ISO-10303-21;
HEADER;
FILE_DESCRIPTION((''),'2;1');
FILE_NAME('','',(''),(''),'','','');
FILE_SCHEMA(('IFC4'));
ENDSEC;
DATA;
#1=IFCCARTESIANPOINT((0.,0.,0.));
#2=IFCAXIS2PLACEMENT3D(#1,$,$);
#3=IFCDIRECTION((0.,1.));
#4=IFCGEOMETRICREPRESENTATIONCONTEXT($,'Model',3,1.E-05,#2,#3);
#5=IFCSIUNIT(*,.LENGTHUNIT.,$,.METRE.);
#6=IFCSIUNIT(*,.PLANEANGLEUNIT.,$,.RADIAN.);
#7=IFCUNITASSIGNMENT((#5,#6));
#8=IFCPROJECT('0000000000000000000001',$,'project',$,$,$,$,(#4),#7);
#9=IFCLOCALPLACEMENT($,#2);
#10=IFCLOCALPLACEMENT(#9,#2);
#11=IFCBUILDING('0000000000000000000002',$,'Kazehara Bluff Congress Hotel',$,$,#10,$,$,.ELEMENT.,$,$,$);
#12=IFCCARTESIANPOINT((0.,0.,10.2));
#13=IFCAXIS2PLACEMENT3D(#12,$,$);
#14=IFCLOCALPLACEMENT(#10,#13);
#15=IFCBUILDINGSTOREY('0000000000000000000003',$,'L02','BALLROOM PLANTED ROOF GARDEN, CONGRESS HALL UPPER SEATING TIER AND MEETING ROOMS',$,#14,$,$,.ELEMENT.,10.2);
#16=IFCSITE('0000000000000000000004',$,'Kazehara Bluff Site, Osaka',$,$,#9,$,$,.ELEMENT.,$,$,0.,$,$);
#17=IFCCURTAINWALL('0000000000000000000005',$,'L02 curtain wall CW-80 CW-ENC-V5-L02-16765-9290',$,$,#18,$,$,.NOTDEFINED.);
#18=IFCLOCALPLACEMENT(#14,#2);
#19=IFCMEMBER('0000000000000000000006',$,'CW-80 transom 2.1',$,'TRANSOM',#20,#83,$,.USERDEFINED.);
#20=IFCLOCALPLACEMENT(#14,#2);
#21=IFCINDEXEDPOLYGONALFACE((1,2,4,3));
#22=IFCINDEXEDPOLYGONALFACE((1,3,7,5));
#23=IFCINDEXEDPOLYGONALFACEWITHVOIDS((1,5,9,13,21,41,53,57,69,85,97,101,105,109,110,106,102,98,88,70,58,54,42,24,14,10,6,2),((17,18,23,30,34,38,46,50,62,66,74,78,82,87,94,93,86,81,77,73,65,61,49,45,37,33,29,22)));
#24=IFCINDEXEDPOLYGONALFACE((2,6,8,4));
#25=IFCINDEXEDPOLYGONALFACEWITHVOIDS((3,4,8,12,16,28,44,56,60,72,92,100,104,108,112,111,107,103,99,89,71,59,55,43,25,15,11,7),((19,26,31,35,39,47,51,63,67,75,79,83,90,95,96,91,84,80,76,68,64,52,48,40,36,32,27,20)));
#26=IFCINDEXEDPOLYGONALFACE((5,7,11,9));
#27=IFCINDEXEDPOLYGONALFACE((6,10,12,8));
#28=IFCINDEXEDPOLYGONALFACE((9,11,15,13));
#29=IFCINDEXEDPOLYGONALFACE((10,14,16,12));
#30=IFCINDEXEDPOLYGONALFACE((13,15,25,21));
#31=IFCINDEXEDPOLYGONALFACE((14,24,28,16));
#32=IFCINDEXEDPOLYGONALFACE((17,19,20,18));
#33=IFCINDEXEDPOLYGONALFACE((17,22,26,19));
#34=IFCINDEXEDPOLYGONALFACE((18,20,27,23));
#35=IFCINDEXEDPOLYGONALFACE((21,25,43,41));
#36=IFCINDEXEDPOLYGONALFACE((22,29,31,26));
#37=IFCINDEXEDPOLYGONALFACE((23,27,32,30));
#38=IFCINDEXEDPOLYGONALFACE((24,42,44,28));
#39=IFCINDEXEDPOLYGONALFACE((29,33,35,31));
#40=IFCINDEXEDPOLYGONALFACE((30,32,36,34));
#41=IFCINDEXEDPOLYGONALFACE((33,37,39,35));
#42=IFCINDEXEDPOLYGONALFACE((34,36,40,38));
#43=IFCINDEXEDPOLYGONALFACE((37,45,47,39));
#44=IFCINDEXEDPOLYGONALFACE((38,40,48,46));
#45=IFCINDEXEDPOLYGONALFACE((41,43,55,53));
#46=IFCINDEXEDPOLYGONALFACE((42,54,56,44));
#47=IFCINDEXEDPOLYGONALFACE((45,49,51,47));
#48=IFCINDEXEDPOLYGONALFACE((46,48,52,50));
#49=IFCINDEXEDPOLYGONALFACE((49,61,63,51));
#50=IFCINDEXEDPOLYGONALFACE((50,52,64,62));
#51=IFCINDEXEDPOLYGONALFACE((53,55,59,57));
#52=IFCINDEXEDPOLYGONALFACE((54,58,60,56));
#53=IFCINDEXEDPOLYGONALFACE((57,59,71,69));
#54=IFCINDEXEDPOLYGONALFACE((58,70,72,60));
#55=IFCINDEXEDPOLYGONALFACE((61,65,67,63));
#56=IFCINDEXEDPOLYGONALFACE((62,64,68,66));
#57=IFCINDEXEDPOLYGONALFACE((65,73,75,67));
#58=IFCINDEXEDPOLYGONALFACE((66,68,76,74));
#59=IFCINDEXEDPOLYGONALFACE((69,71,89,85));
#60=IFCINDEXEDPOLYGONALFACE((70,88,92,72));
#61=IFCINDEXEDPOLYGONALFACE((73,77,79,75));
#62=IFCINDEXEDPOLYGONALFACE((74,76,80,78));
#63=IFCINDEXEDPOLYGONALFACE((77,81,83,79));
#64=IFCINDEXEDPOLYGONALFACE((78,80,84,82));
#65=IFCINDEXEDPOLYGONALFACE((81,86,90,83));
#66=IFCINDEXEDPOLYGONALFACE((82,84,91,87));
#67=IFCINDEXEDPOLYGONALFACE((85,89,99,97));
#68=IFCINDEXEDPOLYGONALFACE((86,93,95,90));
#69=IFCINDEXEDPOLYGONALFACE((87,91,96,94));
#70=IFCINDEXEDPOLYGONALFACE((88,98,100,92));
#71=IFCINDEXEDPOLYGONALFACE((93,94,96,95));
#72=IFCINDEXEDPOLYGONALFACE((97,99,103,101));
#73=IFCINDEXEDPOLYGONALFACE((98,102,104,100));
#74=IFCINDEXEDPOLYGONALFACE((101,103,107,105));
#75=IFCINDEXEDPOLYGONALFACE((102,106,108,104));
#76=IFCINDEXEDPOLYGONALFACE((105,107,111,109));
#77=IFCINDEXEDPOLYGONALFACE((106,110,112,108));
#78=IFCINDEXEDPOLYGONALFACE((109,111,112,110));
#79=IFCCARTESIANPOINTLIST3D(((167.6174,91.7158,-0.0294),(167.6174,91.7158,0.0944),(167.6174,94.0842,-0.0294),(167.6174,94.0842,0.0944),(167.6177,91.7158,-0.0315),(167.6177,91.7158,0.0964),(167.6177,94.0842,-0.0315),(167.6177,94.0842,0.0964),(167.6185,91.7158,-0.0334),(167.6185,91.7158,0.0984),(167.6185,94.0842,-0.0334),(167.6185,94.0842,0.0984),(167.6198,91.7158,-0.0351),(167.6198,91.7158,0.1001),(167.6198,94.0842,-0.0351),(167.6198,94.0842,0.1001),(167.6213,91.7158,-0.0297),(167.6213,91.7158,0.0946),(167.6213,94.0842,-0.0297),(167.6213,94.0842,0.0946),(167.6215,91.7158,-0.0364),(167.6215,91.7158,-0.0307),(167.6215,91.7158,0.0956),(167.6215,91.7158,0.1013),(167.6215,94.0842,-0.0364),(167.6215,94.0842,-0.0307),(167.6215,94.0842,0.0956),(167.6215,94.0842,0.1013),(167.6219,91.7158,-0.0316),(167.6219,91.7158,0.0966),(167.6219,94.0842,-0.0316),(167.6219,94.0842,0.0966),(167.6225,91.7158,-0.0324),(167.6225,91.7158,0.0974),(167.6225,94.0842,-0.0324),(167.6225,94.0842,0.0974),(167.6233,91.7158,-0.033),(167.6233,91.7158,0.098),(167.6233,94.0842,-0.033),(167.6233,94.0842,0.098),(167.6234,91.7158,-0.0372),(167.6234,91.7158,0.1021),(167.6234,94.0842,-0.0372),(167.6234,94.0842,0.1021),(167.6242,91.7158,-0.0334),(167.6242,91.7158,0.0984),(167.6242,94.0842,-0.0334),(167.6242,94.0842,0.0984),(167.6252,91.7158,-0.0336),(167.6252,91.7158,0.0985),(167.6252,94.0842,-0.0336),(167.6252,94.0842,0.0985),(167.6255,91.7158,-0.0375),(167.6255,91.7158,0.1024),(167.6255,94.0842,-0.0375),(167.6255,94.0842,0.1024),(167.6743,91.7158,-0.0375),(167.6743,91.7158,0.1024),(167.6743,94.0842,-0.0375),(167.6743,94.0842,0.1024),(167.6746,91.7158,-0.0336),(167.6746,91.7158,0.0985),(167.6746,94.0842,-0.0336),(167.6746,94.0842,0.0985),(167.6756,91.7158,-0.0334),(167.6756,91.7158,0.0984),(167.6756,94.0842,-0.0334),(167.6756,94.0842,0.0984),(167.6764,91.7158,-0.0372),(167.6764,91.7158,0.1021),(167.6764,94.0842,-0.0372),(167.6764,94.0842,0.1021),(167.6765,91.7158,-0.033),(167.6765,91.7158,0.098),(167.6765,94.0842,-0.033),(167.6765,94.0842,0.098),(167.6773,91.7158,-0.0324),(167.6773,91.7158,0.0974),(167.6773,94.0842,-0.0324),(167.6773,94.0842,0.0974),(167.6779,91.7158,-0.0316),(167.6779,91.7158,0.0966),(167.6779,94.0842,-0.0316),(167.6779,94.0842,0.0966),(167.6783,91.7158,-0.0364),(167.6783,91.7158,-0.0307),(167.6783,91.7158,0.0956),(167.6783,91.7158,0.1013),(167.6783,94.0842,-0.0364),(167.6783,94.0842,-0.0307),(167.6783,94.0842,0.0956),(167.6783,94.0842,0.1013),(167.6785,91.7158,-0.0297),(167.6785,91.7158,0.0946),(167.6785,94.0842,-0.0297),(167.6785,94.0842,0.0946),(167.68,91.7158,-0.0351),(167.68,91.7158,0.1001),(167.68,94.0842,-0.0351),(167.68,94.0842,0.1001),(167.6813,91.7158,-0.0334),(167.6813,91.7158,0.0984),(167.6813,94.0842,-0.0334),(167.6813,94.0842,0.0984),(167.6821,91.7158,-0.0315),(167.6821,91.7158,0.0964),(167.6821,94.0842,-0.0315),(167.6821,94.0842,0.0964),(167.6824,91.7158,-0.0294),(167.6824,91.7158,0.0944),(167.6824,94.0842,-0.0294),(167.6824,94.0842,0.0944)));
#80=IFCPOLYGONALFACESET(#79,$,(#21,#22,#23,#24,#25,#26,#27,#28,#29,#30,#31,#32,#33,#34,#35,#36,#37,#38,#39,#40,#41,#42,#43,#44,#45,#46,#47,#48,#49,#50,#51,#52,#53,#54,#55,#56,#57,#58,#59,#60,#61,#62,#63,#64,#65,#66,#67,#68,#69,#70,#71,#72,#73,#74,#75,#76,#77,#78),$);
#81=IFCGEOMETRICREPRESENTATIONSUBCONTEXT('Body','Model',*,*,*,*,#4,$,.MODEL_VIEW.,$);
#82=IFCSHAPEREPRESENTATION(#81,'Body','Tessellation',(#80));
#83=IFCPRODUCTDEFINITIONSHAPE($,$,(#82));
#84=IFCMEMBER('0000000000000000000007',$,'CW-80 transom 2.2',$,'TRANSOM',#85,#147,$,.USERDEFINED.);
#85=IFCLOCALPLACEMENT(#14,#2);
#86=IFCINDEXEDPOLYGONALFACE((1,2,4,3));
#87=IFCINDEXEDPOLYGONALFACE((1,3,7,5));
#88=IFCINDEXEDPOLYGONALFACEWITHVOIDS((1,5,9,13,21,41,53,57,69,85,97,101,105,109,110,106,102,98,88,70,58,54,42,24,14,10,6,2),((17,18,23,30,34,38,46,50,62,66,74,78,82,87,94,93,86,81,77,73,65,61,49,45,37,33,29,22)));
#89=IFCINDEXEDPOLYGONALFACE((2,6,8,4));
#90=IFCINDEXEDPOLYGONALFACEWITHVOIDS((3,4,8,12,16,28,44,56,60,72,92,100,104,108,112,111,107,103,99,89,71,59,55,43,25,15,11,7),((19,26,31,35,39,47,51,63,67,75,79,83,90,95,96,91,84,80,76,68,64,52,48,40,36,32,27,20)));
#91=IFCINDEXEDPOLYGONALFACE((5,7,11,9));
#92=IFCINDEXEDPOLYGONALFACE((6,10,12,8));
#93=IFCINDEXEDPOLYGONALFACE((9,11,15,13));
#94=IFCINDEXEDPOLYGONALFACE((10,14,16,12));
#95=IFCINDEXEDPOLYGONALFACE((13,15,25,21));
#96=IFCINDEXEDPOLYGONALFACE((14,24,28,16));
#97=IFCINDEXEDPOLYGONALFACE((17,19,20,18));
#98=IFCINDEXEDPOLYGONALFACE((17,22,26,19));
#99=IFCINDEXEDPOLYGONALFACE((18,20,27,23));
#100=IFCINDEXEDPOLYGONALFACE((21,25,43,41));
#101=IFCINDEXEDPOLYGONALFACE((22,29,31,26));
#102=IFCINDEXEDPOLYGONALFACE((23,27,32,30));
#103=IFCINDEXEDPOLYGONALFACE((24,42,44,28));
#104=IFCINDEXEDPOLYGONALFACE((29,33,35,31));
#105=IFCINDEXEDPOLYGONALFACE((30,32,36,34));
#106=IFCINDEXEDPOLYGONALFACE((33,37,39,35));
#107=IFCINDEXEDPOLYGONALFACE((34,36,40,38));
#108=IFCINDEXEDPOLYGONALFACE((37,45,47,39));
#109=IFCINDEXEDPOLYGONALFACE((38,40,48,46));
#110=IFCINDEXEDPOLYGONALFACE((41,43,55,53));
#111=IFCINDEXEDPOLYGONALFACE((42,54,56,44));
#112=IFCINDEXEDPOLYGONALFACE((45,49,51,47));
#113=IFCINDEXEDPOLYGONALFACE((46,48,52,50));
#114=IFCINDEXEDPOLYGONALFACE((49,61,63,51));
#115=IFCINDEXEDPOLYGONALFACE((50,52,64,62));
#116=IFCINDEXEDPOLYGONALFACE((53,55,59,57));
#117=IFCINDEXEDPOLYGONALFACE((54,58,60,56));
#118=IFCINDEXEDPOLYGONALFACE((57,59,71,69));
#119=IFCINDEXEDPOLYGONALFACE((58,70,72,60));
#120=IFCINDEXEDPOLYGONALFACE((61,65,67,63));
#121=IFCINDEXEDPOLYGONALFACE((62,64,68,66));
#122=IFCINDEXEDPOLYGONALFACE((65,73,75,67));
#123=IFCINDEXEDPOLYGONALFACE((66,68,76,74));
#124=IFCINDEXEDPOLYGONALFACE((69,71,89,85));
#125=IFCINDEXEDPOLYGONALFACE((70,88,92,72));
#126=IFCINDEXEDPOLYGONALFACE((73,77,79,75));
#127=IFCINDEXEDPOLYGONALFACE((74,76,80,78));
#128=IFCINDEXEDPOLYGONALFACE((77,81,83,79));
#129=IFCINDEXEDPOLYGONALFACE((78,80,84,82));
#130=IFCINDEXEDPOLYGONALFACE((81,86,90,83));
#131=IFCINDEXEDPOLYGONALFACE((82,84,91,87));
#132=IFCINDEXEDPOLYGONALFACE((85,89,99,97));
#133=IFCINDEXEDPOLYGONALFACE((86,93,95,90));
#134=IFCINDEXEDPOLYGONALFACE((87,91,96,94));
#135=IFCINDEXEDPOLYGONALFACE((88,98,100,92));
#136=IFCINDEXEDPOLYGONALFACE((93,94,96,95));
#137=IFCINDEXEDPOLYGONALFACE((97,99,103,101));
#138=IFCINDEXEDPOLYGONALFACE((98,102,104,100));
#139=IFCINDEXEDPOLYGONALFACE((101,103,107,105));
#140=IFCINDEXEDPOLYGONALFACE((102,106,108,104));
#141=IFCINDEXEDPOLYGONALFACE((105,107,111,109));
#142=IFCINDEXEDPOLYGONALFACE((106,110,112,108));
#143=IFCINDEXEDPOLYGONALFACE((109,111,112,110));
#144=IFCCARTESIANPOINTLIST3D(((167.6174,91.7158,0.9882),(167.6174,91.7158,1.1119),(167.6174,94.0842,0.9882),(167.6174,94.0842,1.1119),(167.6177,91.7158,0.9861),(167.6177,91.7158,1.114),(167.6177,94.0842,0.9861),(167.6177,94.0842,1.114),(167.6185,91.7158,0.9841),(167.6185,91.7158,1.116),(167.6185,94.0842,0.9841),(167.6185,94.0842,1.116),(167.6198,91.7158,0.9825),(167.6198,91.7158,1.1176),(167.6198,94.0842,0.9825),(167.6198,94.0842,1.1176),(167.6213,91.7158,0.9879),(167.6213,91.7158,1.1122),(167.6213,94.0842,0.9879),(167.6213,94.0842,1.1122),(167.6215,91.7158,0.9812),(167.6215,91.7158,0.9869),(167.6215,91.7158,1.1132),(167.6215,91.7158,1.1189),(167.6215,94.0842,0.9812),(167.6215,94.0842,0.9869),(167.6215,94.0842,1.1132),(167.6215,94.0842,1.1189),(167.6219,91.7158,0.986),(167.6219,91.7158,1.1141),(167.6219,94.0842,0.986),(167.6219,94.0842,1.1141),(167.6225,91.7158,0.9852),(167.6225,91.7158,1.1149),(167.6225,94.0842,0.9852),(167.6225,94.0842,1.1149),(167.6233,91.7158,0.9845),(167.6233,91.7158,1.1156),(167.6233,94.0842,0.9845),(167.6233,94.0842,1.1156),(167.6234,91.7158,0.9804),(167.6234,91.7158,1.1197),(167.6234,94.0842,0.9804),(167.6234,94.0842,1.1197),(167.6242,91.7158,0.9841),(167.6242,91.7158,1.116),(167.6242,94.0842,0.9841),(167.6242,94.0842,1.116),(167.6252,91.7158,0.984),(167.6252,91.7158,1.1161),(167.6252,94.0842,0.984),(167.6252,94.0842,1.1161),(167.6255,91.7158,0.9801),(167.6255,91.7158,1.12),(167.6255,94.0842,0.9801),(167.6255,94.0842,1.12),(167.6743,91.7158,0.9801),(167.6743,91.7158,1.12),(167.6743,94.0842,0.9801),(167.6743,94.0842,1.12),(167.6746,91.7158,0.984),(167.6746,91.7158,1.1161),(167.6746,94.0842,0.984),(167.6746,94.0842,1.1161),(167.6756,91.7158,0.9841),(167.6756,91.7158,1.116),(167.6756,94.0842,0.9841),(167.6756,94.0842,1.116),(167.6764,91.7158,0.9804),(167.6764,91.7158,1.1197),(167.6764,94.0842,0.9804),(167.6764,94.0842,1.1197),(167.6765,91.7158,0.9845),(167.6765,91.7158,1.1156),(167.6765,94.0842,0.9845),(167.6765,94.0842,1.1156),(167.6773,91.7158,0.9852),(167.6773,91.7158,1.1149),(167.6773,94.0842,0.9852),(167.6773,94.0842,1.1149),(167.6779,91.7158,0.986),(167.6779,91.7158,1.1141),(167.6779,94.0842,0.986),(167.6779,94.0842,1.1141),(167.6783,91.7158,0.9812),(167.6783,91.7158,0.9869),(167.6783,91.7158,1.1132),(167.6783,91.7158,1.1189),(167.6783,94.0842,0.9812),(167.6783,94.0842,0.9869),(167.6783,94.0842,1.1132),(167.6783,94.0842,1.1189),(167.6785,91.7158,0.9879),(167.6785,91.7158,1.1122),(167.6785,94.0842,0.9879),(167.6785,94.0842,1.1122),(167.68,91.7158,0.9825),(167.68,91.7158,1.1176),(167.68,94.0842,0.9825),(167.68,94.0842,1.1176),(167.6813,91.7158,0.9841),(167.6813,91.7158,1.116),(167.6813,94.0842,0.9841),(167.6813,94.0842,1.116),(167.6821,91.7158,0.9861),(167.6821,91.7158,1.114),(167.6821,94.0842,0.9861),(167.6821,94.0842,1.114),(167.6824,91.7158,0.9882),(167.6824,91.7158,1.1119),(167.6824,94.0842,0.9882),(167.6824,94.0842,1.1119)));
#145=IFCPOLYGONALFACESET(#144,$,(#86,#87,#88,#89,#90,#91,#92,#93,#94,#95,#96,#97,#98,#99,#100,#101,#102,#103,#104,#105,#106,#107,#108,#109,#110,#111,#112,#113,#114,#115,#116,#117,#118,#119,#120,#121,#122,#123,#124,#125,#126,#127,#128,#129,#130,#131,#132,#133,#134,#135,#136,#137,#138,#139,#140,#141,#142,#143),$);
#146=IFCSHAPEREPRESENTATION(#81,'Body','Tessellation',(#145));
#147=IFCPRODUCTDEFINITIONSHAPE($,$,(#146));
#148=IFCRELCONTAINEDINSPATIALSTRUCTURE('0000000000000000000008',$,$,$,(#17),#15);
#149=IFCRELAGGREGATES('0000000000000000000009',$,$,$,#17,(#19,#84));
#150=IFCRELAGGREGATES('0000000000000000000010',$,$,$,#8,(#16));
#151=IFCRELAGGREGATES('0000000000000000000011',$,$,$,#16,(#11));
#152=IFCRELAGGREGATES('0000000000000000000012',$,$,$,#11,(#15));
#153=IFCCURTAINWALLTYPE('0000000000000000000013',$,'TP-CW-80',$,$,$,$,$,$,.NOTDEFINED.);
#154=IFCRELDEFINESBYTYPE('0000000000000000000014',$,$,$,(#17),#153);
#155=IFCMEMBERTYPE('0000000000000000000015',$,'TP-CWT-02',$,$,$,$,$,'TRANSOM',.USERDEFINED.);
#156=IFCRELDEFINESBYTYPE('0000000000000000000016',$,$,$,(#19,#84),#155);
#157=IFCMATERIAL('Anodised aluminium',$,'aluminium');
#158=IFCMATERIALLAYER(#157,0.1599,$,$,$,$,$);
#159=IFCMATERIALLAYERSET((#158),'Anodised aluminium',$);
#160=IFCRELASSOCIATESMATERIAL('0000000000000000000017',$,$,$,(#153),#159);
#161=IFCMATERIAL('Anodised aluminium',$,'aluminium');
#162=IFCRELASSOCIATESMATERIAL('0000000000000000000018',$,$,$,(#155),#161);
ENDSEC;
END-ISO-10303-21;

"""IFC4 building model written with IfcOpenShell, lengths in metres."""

from ifc_helpers import new_model, si_unit, direction, frame, origin, origin_2d, place, context, subcontext, project, spatial, hollow_rectangle, extrude, material, layer, layer_set, material_profile, profile_set, type_object, element, aggregate, save


model = new_model("IFC4")

# Units and contexts
model_context = context("Model", 3, precision=1e-05, world=origin(), true_north=direction((0.0, 1.0)))
body_context = subcontext(model_context, "Body", "Model", "MODEL_VIEW")
ifc_project = project(units=[si_unit("LENGTHUNIT", "METRE"), si_unit("PLANEANGLEUNIT", "RADIAN")], contexts=[model_context])

# Site, building, storey
site_placement = place(None, origin())
site = spatial("IfcSite", under=ifc_project, at=site_placement, Name="Kazehara Bluff Site, Osaka", CompositionType="ELEMENT", RefElevation=0.0)
building_placement = place(site_placement, origin())
building = spatial("IfcBuilding", under=site, at=building_placement, Name="Kazehara Bluff Congress Hotel", CompositionType="ELEMENT")
storey_placement = place(building_placement, frame((0.0, 0.0, 10.2)))
storey = spatial("IfcBuildingStorey", under=building, at=storey_placement, Name="L02", Description="BALLROOM PLANTED ROOF GARDEN, CONGRESS HALL UPPER SEATING TIER AND MEETING ROOMS", CompositionType="ELEMENT", Elevation=10.2)

# Curtain wall
ifc_material_1 = material(Name="Anodised aluminium", Category="aluminium")
ifc_layer_1 = layer(ifc_material_1, 0.1599)
ifc_layer_set_1 = layer_set([ifc_layer_1], Name="Anodised aluminium")
curtain_wall_type_1 = type_object("IfcCurtainWallType", Name="TP-CW-80", PredefinedType="NOTDEFINED", material=ifc_layer_set_1)
curtain_wall_1_placement = place(storey_placement, origin())
curtain_wall_1 = element("IfcCurtainWall", 1, at=curtain_wall_1_placement, inside=storey, type_object=curtain_wall_type_1, Name="L02 curtain wall CW-80 CW-ENC-V5-L02-16765-9290", PredefinedType="NOTDEFINED")

# Members
ifc_material_2 = material(Name="Anodised aluminium", Category="aluminium")
ifc_material_profile_1 = material_profile(ifc_material_2, hollow_rectangle(XDim=0.0649, YDim=0.1399, WallThickness=0.0039, InnerFilletRadius=0.0039, OuterFilletRadius=0.0081, at=origin_2d()))
ifc_profile_set_1 = profile_set([ifc_material_profile_1], Name="Anodised aluminium")
member_type_1 = type_object("IfcMemberType", Name="TP-CWT-02", ElementType="TRANSOM", PredefinedType="USERDEFINED", material=ifc_profile_set_1)
member_1_placement = place(storey_placement, frame((167.6499, 94.0842, 0.0325), z_axis=(0.0, -1.0, 0.0), x_axis=(1.0, 0.0, 0.0)))
member_1 = element("IfcMember", 2, at=member_1_placement, type_object=member_type_1, Name="CW-80 transom 2.1", ObjectType="TRANSOM", PredefinedType="USERDEFINED", context=body_context, shape_type="SweptSolid", body=[
    extrude(hollow_rectangle(XDim=0.0649, YDim=0.1399, WallThickness=0.0039, InnerFilletRadius=0.0039, OuterFilletRadius=0.0081, at=origin_2d()), origin(), (0.0, 0.0, 1.0), 2.3684),
])
member_2_placement = place(storey_placement, frame((167.6499, 94.0842, 1.05), z_axis=(0.0, -1.0, 0.0), x_axis=(1.0, 0.0, 0.0)))
member_2 = element("IfcMember", 3, at=member_2_placement, type_object=member_type_1, Name="CW-80 transom 2.2", ObjectType="TRANSOM", PredefinedType="USERDEFINED", context=body_context, shape_type="SweptSolid", body=[
    extrude(hollow_rectangle(XDim=0.0649, YDim=0.1399, WallThickness=0.0039, InnerFilletRadius=0.0039, OuterFilletRadius=0.0081, at=origin_2d()), origin(), (0.0, 0.0, 1.0), 2.3684),
])

aggregate(curtain_wall_1, [member_1, member_2])

save(model, "model.ifc")
